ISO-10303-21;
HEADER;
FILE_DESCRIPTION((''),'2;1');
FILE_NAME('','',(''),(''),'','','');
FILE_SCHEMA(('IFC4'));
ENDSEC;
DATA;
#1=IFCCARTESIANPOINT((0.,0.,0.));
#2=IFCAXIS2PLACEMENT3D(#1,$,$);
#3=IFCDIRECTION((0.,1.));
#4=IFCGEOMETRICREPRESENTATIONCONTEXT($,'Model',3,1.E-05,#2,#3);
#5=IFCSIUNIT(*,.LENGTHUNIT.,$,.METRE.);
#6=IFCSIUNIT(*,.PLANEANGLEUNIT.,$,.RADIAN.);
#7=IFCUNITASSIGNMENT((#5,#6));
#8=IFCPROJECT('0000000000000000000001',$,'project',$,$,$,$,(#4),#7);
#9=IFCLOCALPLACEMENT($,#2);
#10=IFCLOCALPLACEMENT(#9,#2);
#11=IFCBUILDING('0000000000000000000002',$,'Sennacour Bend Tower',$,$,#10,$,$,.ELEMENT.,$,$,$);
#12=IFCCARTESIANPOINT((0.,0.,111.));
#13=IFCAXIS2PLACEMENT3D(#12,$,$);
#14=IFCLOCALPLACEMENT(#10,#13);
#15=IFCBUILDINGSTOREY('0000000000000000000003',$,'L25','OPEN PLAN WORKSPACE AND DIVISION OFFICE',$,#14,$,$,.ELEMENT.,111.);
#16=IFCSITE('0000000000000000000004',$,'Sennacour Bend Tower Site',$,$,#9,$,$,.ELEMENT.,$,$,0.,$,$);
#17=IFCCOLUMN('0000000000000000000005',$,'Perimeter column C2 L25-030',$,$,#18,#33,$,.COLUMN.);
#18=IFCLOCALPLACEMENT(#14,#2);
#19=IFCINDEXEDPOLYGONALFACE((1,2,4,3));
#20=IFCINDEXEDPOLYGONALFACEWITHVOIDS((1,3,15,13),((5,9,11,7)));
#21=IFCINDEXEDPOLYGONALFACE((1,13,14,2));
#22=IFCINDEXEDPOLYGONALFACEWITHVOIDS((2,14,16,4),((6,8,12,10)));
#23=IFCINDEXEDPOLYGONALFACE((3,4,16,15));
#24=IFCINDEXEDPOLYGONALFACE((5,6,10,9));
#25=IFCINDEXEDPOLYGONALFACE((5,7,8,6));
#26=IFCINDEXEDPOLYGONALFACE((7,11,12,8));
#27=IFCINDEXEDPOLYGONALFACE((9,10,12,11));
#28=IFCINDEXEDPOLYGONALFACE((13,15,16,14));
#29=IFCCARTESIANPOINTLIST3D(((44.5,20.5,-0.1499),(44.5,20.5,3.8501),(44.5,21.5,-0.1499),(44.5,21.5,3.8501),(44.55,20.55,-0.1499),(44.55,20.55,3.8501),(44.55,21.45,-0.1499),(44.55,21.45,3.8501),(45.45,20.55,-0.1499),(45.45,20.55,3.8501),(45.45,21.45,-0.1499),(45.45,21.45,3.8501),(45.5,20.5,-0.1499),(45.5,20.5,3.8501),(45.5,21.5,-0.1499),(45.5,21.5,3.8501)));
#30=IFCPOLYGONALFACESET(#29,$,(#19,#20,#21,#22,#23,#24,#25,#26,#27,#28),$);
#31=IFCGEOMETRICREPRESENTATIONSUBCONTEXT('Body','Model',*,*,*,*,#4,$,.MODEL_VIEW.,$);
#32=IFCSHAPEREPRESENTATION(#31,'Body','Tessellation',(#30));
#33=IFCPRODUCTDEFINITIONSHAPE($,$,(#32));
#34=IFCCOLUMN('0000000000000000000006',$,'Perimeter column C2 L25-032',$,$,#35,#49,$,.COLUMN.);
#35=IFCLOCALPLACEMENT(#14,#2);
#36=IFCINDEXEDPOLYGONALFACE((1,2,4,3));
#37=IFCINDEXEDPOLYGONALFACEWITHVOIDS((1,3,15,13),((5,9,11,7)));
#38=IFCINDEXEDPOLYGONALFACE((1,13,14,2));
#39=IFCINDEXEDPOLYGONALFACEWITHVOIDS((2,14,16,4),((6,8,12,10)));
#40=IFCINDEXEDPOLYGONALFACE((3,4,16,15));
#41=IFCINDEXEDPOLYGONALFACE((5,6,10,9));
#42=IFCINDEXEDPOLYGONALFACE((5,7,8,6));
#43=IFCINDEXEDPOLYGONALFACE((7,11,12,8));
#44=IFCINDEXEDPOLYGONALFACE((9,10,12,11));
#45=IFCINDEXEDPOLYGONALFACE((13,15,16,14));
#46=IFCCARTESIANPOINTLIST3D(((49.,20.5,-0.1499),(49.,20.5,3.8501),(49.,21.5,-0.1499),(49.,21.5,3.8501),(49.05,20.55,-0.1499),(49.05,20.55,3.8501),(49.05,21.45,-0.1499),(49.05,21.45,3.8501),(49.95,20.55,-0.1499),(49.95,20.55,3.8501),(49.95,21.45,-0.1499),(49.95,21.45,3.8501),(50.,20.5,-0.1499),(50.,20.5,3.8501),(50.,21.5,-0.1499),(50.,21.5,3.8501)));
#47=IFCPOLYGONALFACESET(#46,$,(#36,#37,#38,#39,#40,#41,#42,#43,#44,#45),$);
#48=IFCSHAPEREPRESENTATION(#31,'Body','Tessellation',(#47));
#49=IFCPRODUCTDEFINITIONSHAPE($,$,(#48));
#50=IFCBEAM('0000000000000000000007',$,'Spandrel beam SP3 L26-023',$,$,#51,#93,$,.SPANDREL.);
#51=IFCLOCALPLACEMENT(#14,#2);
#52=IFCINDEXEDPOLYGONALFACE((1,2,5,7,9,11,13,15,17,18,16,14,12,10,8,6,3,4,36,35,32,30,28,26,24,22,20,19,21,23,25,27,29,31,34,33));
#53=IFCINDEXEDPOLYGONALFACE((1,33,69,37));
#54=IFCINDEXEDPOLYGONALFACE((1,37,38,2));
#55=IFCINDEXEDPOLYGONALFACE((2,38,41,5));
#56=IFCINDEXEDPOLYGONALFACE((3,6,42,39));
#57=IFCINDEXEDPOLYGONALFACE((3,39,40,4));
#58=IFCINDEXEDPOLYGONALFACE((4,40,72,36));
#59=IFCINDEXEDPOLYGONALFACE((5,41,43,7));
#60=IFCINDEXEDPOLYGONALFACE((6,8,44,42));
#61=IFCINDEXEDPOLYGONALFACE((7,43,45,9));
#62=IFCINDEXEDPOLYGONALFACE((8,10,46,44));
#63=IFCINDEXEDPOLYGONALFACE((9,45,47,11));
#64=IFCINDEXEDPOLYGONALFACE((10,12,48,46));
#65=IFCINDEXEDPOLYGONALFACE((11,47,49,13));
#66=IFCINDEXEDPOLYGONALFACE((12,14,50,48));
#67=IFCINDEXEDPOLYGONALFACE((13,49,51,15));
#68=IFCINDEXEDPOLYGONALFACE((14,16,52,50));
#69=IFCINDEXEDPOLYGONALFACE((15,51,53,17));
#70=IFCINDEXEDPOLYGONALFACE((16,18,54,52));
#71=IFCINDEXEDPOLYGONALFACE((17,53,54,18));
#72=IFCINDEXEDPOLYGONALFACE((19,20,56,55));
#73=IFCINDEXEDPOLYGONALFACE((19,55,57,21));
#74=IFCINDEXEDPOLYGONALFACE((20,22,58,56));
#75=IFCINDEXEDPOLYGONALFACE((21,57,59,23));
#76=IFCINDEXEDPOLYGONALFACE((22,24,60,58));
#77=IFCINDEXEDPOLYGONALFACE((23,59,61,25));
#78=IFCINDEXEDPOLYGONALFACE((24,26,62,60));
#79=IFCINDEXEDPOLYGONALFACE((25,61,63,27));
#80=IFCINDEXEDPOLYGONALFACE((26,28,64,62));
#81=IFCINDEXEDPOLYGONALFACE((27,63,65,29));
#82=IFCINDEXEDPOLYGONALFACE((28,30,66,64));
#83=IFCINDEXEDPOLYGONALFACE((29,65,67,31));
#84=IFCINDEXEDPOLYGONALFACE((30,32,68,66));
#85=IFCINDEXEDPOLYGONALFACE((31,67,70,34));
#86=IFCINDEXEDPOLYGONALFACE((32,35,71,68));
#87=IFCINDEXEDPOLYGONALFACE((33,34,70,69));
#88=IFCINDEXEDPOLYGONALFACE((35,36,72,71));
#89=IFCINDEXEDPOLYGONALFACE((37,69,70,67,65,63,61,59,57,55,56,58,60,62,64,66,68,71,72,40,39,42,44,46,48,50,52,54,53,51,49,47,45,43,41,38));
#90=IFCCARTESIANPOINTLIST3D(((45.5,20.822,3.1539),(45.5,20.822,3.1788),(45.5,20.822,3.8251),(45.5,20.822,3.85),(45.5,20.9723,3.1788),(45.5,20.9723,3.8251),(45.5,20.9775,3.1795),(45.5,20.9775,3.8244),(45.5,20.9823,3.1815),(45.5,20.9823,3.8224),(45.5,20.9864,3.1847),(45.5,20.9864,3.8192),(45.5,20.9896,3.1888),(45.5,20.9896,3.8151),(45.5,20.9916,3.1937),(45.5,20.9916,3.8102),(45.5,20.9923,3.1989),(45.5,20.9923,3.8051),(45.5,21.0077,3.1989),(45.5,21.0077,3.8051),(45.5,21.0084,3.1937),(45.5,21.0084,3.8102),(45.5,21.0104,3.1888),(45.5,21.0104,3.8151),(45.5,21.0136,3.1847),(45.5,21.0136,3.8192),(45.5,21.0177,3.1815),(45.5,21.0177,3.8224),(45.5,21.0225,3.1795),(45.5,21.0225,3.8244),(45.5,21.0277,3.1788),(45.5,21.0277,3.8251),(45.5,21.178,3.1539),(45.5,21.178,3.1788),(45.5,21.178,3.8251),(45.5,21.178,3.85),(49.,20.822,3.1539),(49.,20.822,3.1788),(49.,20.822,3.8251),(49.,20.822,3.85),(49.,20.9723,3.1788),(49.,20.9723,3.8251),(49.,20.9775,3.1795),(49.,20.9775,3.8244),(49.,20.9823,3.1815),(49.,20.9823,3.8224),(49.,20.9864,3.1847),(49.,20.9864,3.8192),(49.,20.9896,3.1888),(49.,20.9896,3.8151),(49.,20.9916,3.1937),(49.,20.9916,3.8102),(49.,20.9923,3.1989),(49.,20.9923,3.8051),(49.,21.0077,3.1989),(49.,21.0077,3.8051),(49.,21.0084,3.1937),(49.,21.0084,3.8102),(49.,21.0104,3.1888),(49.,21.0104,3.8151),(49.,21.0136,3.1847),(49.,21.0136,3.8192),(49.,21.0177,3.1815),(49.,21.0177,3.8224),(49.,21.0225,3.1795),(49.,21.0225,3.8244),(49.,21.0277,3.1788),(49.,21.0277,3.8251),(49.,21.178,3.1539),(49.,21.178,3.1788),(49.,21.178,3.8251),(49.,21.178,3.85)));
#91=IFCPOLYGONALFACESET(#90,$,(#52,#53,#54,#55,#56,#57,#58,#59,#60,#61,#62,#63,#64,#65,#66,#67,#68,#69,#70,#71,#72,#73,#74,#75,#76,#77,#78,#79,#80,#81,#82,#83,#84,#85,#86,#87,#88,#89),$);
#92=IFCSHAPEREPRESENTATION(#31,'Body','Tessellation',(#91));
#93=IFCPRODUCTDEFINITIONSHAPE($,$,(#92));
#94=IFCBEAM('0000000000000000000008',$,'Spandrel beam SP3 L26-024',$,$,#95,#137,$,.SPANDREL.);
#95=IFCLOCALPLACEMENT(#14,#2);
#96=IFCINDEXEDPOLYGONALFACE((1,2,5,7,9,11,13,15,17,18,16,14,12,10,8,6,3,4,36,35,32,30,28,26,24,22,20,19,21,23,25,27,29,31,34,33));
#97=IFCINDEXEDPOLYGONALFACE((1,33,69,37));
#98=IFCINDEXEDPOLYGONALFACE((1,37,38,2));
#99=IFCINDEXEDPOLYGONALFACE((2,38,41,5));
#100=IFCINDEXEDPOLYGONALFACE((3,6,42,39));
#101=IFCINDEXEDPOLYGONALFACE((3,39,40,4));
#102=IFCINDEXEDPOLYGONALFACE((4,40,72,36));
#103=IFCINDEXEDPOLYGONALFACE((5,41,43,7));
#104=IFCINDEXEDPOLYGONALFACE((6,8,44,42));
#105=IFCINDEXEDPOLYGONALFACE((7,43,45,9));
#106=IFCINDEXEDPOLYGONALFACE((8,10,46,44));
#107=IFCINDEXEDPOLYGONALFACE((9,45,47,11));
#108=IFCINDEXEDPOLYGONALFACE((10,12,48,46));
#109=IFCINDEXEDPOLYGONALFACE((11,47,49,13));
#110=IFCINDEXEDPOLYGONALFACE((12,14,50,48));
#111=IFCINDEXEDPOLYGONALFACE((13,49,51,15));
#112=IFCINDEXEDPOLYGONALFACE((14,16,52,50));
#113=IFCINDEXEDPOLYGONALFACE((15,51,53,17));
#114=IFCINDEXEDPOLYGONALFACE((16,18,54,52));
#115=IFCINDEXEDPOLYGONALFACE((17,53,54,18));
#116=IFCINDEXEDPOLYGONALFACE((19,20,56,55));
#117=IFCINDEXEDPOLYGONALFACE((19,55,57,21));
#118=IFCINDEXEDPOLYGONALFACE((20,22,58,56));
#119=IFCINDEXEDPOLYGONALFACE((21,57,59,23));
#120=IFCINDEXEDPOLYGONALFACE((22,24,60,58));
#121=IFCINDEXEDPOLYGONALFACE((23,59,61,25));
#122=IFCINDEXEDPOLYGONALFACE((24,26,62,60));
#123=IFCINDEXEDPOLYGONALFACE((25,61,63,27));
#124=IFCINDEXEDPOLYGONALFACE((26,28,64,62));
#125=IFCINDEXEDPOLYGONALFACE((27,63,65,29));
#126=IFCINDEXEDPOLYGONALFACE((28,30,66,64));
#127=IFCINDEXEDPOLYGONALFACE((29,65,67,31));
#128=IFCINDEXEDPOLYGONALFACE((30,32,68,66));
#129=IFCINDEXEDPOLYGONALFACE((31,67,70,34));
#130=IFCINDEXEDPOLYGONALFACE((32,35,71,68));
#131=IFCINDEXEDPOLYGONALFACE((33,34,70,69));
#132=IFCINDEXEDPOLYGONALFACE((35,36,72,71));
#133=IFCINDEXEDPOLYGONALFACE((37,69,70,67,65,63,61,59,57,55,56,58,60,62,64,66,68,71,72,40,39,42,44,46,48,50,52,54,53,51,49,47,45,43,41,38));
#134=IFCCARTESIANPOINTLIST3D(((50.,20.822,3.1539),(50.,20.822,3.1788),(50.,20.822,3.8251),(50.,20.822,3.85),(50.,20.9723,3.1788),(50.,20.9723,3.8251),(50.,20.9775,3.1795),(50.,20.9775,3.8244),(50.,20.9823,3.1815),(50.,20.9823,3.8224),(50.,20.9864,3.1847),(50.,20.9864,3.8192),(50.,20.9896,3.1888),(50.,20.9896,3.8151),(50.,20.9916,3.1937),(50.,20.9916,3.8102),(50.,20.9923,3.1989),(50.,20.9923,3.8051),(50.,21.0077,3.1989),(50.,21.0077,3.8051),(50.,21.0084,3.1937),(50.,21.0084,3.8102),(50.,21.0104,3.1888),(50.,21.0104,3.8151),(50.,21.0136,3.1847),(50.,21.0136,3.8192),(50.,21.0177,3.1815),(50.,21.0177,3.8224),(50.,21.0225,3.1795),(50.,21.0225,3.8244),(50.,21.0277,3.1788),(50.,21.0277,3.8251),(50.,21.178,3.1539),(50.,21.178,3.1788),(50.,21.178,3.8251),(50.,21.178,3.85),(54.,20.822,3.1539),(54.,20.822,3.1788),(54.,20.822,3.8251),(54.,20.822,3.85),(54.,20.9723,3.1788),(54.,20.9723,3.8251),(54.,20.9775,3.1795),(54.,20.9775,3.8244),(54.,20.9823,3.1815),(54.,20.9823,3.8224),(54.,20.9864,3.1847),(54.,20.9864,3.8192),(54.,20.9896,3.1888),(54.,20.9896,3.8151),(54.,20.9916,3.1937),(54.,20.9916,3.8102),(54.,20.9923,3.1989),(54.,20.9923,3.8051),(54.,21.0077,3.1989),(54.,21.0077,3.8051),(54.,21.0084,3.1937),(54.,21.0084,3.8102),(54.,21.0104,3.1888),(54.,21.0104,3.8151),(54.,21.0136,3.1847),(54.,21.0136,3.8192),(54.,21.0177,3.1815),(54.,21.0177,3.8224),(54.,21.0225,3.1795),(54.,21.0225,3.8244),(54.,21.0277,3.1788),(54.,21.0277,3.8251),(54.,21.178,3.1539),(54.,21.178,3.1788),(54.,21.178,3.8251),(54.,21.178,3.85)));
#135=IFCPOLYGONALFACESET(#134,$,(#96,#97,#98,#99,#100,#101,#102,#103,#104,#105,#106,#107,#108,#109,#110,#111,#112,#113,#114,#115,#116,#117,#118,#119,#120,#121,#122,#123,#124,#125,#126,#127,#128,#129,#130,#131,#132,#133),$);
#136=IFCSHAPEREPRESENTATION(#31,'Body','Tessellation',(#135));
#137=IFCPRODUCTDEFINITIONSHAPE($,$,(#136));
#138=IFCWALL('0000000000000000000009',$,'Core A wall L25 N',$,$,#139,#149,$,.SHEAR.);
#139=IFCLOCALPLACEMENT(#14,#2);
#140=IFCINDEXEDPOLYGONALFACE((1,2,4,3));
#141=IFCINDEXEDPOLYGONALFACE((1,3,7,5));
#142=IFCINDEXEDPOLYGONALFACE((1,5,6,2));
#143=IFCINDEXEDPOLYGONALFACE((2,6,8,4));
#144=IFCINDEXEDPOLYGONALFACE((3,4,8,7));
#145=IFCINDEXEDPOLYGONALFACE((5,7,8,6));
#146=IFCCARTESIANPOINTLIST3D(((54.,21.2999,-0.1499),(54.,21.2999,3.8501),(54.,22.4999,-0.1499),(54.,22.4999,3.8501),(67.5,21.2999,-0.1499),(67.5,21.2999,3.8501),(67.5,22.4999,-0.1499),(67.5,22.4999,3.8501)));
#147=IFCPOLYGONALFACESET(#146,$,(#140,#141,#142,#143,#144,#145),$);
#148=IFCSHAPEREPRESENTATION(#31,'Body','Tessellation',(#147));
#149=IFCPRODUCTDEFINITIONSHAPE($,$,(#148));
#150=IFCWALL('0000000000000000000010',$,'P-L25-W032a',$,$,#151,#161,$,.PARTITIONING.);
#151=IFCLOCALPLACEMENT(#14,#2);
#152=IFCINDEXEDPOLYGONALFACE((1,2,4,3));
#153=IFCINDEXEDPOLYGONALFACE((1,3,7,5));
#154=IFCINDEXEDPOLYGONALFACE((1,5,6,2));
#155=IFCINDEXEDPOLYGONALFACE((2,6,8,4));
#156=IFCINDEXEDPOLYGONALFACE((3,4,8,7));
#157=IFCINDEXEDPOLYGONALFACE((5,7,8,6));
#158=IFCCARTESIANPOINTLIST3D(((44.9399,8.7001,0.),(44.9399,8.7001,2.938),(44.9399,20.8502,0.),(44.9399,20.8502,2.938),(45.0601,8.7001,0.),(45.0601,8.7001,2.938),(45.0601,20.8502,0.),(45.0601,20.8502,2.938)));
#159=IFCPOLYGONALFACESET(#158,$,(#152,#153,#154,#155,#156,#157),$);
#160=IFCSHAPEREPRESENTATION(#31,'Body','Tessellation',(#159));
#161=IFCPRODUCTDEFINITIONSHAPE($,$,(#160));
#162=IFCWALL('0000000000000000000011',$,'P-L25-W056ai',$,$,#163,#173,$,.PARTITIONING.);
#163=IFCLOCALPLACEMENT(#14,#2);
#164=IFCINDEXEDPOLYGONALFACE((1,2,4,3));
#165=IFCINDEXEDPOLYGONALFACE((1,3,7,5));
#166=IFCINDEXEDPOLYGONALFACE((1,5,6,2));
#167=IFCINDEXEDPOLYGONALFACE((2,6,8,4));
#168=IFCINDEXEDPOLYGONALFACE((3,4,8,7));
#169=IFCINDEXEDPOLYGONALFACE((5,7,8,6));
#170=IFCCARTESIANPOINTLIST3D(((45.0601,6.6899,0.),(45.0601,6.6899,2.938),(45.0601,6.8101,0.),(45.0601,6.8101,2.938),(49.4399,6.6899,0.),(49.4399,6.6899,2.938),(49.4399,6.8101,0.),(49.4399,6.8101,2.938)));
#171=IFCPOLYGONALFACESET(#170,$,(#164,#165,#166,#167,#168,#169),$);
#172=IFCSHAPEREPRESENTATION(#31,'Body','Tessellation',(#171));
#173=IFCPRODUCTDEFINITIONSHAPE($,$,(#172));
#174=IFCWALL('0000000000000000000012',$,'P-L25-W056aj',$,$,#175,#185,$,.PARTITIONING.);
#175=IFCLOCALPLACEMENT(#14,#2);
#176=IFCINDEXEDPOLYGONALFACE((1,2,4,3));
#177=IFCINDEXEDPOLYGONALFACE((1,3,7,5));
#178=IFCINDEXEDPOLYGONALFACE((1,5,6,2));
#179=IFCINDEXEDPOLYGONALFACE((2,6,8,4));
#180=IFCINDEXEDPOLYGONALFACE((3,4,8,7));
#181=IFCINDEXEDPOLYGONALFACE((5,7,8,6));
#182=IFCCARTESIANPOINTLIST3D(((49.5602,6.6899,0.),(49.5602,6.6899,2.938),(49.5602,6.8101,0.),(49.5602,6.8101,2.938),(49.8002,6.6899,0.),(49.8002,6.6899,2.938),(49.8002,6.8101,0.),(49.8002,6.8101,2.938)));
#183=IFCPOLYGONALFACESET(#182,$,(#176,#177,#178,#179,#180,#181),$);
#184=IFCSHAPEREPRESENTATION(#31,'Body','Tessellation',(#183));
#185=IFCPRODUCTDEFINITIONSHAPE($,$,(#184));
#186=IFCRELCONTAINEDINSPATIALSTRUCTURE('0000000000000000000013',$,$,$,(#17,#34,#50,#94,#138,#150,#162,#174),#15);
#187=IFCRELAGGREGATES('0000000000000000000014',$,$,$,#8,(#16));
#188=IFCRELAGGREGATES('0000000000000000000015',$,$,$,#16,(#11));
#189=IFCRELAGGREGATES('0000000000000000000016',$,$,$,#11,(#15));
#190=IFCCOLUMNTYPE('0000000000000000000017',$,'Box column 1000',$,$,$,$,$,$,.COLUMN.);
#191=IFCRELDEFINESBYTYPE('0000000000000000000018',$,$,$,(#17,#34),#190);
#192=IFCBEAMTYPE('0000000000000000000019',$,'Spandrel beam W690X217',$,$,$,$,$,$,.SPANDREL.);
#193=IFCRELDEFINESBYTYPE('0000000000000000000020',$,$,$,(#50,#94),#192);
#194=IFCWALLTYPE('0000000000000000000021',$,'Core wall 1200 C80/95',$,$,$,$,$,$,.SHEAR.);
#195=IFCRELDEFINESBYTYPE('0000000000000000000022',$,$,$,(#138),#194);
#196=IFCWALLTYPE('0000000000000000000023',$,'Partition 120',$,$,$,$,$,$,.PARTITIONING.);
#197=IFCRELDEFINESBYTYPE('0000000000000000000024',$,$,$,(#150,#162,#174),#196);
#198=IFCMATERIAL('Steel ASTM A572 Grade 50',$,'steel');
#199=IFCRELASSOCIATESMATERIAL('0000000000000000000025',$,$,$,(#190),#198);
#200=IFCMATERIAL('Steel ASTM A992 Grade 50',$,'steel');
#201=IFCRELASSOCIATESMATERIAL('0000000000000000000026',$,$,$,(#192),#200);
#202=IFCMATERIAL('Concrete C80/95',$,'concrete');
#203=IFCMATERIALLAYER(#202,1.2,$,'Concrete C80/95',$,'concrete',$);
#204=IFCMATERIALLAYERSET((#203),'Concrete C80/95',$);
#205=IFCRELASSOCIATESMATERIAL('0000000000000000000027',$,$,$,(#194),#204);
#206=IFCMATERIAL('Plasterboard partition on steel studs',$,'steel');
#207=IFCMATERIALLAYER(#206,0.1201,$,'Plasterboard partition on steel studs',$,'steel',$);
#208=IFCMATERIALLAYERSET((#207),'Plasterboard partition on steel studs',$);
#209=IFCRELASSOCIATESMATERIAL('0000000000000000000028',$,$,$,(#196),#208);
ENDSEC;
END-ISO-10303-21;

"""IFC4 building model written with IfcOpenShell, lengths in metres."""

from ifc_helpers import new_model, si_unit, direction, frame, frame_2d, origin, origin_2d, place, context, subcontext, project, spatial, rectangle, hollow_rectangle, i_section, extrude, material, layer, layer_set, material_profile, profile_set, type_object, element, save


model = new_model("IFC4")

# Units and contexts
model_context = context("Model", 3, precision=1e-05, world=origin(), true_north=direction((0.0, 1.0)))
body_context = subcontext(model_context, "Body", "Model", "MODEL_VIEW")
ifc_project = project(units=[si_unit("LENGTHUNIT", "METRE"), si_unit("PLANEANGLEUNIT", "RADIAN")], contexts=[model_context])

# Site, building, storey
site_placement = place(None, origin())
site = spatial("IfcSite", under=ifc_project, at=site_placement, Name="Sennacour Bend Tower Site", CompositionType="ELEMENT", RefElevation=0.0)
building_placement = place(site_placement, origin())
building = spatial("IfcBuilding", under=site, at=building_placement, Name="Sennacour Bend Tower", CompositionType="ELEMENT")
storey_placement = place(building_placement, frame((0.0, 0.0, 111.0)))
storey = spatial("IfcBuildingStorey", under=building, at=storey_placement, Name="L25", Description="OPEN PLAN WORKSPACE AND DIVISION OFFICE", CompositionType="ELEMENT", Elevation=111.0)

# Columns
ifc_material_1 = material(Name="Steel ASTM A572 Grade 50", Category="steel")
ifc_material_profile_1 = material_profile(ifc_material_1, hollow_rectangle(XDim=1.0, YDim=1.0, WallThickness=0.05, at=origin_2d()), Name="Steel ASTM A572 Grade 50", Category="steel")
ifc_profile_set_1 = profile_set([ifc_material_profile_1], Name="Steel ASTM A572 Grade 50")
column_type = type_object("IfcColumnType", Name="Box column 1000", PredefinedType="COLUMN", material=ifc_profile_set_1)
for number, where, z_axis, x_axis, name in (
    (1, (45.0, 21.0, -0.1499), (0.0, 0.0, 1.0), (1.0, 0.0, 0.0), "Perimeter column C2 L25-030"),
    (2, (49.5, 21.0, -0.1499), (0.0, 0.0, 1.0), (1.0, 0.0, 0.0), "Perimeter column C2 L25-032"),
):
    element("IfcColumn", number, at=place(storey_placement, frame(where, z_axis=z_axis, x_axis=x_axis)), inside=storey, type_object=column_type, Name=name, PredefinedType="COLUMN", context=body_context, shape_type="SweptSolid", body=[
        extrude(hollow_rectangle(XDim=1.0, YDim=1.0, WallThickness=0.05, at=origin_2d()), origin(), (0.0, 0.0, 1.0), 4.0),
    ])

# Beams
ifc_material_2 = material(Name="Steel ASTM A992 Grade 50", Category="steel")
ifc_material_profile_2 = material_profile(ifc_material_2, i_section(OverallWidth=0.356, OverallDepth=0.696, WebThickness=0.0154, FlangeThickness=0.0249, FilletRadius=0.02, at=origin_2d()), Name="Steel ASTM A992 Grade 50", Category="steel")
ifc_profile_set_2 = profile_set([ifc_material_profile_2], Name="Steel ASTM A992 Grade 50")
beam_type = type_object("IfcBeamType", Name="Spandrel beam W690X217", PredefinedType="SPANDREL", material=ifc_profile_set_2)
beam_1_placement = place(storey_placement, frame((45.5, 21.0, 3.502), z_axis=(1.0, 0.0, 0.0), x_axis=(0.0, 1.0, 0.0)))
element("IfcBeam", 3, at=beam_1_placement, inside=storey, type_object=beam_type, Name="Spandrel beam SP3 L26-023", PredefinedType="SPANDREL", context=body_context, shape_type="SweptSolid", body=[
    extrude(i_section(OverallWidth=0.356, OverallDepth=0.696, WebThickness=0.0154, FlangeThickness=0.0249, FilletRadius=0.02, at=origin_2d()), origin(), (0.0, 0.0, 1.0), 3.5),
])
beam_2_placement = place(storey_placement, frame((50.0, 21.0, 3.502), z_axis=(1.0, 0.0, 0.0), x_axis=(0.0, 1.0, 0.0)))
element("IfcBeam", 4, at=beam_2_placement, inside=storey, type_object=beam_type, Name="Spandrel beam SP3 L26-024", PredefinedType="SPANDREL", context=body_context, shape_type="SweptSolid", body=[
    extrude(i_section(OverallWidth=0.356, OverallDepth=0.696, WebThickness=0.0154, FlangeThickness=0.0249, FilletRadius=0.02, at=origin_2d()), origin(), (0.0, 0.0, 1.0), 4.0),
])

# Walls
ifc_material_3 = material(Name="Concrete C80/95", Category="concrete")
ifc_layer_1 = layer(ifc_material_3, 1.2, Name="Concrete C80/95", Category="concrete")
ifc_layer_set_1 = layer_set([ifc_layer_1], Name="Concrete C80/95")
wall_type_1 = type_object("IfcWallType", Name="Core wall 1200 C80/95", PredefinedType="SHEAR", material=ifc_layer_set_1)
wall_1_placement = place(storey_placement, frame((54.0, 21.8999, -0.1499), z_axis=(0.0, 0.0, 1.0), x_axis=(1.0, 0.0, 0.0)))
element("IfcWall", 5, at=wall_1_placement, inside=storey, type_object=wall_type_1, Name="Core A wall L25 N", PredefinedType="SHEAR", context=body_context, shape_type="SweptSolid", body=[
    extrude(rectangle(XDim=13.5, YDim=1.2, at=frame_2d((6.75, 0.0))), origin(), (0.0, 0.0, 1.0), 4.0),
])
ifc_material_4 = material(Name="Plasterboard partition on steel studs", Category="steel")
ifc_layer_2 = layer(ifc_material_4, 0.1201, Name="Plasterboard partition on steel studs", Category="steel")
ifc_layer_set_2 = layer_set([ifc_layer_2], Name="Plasterboard partition on steel studs")
wall_type_2 = type_object("IfcWallType", Name="Partition 120", PredefinedType="PARTITIONING", material=ifc_layer_set_2)
wall_2_placement = place(storey_placement, frame((45.0, 8.7, 0.0), z_axis=(0.0, 0.0, 1.0), x_axis=(0.0, 1.0, 0.0)))
element("IfcWall", 6, at=wall_2_placement, inside=storey, type_object=wall_type_2, Name="P-L25-W032a", PredefinedType="PARTITIONING", context=body_context, shape_type="SweptSolid", body=[
    extrude(rectangle(XDim=12.1501, YDim=0.1201, at=frame_2d((6.0752, 0.0))), origin(), (0.0, 0.0, 1.0), 2.938),
])
wall_3_placement = place(storey_placement, frame((45.0601, 6.75, 0.0), z_axis=(0.0, 0.0, 1.0), x_axis=(1.0, 0.0, 0.0)))
element("IfcWall", 7, at=wall_3_placement, inside=storey, type_object=wall_type_2, Name="P-L25-W056ai", PredefinedType="PARTITIONING", context=body_context, shape_type="SweptSolid", body=[
    extrude(rectangle(XDim=4.3799, YDim=0.1201, at=frame_2d((2.1899, 0.0))), origin(), (0.0, 0.0, 1.0), 2.938),
])
wall_4_placement = place(storey_placement, frame((49.5601, 6.75, 0.0), z_axis=(0.0, 0.0, 1.0), x_axis=(1.0, 0.0, 0.0)))
element("IfcWall", 8, at=wall_4_placement, inside=storey, type_object=wall_type_2, Name="P-L25-W056aj", PredefinedType="PARTITIONING", context=body_context, shape_type="SweptSolid", body=[
    extrude(rectangle(XDim=0.24, YDim=0.1201, at=frame_2d((0.1201, 0.0))), origin(), (0.0, 0.0, 1.0), 2.938),
])

save(model, "model.ifc")
